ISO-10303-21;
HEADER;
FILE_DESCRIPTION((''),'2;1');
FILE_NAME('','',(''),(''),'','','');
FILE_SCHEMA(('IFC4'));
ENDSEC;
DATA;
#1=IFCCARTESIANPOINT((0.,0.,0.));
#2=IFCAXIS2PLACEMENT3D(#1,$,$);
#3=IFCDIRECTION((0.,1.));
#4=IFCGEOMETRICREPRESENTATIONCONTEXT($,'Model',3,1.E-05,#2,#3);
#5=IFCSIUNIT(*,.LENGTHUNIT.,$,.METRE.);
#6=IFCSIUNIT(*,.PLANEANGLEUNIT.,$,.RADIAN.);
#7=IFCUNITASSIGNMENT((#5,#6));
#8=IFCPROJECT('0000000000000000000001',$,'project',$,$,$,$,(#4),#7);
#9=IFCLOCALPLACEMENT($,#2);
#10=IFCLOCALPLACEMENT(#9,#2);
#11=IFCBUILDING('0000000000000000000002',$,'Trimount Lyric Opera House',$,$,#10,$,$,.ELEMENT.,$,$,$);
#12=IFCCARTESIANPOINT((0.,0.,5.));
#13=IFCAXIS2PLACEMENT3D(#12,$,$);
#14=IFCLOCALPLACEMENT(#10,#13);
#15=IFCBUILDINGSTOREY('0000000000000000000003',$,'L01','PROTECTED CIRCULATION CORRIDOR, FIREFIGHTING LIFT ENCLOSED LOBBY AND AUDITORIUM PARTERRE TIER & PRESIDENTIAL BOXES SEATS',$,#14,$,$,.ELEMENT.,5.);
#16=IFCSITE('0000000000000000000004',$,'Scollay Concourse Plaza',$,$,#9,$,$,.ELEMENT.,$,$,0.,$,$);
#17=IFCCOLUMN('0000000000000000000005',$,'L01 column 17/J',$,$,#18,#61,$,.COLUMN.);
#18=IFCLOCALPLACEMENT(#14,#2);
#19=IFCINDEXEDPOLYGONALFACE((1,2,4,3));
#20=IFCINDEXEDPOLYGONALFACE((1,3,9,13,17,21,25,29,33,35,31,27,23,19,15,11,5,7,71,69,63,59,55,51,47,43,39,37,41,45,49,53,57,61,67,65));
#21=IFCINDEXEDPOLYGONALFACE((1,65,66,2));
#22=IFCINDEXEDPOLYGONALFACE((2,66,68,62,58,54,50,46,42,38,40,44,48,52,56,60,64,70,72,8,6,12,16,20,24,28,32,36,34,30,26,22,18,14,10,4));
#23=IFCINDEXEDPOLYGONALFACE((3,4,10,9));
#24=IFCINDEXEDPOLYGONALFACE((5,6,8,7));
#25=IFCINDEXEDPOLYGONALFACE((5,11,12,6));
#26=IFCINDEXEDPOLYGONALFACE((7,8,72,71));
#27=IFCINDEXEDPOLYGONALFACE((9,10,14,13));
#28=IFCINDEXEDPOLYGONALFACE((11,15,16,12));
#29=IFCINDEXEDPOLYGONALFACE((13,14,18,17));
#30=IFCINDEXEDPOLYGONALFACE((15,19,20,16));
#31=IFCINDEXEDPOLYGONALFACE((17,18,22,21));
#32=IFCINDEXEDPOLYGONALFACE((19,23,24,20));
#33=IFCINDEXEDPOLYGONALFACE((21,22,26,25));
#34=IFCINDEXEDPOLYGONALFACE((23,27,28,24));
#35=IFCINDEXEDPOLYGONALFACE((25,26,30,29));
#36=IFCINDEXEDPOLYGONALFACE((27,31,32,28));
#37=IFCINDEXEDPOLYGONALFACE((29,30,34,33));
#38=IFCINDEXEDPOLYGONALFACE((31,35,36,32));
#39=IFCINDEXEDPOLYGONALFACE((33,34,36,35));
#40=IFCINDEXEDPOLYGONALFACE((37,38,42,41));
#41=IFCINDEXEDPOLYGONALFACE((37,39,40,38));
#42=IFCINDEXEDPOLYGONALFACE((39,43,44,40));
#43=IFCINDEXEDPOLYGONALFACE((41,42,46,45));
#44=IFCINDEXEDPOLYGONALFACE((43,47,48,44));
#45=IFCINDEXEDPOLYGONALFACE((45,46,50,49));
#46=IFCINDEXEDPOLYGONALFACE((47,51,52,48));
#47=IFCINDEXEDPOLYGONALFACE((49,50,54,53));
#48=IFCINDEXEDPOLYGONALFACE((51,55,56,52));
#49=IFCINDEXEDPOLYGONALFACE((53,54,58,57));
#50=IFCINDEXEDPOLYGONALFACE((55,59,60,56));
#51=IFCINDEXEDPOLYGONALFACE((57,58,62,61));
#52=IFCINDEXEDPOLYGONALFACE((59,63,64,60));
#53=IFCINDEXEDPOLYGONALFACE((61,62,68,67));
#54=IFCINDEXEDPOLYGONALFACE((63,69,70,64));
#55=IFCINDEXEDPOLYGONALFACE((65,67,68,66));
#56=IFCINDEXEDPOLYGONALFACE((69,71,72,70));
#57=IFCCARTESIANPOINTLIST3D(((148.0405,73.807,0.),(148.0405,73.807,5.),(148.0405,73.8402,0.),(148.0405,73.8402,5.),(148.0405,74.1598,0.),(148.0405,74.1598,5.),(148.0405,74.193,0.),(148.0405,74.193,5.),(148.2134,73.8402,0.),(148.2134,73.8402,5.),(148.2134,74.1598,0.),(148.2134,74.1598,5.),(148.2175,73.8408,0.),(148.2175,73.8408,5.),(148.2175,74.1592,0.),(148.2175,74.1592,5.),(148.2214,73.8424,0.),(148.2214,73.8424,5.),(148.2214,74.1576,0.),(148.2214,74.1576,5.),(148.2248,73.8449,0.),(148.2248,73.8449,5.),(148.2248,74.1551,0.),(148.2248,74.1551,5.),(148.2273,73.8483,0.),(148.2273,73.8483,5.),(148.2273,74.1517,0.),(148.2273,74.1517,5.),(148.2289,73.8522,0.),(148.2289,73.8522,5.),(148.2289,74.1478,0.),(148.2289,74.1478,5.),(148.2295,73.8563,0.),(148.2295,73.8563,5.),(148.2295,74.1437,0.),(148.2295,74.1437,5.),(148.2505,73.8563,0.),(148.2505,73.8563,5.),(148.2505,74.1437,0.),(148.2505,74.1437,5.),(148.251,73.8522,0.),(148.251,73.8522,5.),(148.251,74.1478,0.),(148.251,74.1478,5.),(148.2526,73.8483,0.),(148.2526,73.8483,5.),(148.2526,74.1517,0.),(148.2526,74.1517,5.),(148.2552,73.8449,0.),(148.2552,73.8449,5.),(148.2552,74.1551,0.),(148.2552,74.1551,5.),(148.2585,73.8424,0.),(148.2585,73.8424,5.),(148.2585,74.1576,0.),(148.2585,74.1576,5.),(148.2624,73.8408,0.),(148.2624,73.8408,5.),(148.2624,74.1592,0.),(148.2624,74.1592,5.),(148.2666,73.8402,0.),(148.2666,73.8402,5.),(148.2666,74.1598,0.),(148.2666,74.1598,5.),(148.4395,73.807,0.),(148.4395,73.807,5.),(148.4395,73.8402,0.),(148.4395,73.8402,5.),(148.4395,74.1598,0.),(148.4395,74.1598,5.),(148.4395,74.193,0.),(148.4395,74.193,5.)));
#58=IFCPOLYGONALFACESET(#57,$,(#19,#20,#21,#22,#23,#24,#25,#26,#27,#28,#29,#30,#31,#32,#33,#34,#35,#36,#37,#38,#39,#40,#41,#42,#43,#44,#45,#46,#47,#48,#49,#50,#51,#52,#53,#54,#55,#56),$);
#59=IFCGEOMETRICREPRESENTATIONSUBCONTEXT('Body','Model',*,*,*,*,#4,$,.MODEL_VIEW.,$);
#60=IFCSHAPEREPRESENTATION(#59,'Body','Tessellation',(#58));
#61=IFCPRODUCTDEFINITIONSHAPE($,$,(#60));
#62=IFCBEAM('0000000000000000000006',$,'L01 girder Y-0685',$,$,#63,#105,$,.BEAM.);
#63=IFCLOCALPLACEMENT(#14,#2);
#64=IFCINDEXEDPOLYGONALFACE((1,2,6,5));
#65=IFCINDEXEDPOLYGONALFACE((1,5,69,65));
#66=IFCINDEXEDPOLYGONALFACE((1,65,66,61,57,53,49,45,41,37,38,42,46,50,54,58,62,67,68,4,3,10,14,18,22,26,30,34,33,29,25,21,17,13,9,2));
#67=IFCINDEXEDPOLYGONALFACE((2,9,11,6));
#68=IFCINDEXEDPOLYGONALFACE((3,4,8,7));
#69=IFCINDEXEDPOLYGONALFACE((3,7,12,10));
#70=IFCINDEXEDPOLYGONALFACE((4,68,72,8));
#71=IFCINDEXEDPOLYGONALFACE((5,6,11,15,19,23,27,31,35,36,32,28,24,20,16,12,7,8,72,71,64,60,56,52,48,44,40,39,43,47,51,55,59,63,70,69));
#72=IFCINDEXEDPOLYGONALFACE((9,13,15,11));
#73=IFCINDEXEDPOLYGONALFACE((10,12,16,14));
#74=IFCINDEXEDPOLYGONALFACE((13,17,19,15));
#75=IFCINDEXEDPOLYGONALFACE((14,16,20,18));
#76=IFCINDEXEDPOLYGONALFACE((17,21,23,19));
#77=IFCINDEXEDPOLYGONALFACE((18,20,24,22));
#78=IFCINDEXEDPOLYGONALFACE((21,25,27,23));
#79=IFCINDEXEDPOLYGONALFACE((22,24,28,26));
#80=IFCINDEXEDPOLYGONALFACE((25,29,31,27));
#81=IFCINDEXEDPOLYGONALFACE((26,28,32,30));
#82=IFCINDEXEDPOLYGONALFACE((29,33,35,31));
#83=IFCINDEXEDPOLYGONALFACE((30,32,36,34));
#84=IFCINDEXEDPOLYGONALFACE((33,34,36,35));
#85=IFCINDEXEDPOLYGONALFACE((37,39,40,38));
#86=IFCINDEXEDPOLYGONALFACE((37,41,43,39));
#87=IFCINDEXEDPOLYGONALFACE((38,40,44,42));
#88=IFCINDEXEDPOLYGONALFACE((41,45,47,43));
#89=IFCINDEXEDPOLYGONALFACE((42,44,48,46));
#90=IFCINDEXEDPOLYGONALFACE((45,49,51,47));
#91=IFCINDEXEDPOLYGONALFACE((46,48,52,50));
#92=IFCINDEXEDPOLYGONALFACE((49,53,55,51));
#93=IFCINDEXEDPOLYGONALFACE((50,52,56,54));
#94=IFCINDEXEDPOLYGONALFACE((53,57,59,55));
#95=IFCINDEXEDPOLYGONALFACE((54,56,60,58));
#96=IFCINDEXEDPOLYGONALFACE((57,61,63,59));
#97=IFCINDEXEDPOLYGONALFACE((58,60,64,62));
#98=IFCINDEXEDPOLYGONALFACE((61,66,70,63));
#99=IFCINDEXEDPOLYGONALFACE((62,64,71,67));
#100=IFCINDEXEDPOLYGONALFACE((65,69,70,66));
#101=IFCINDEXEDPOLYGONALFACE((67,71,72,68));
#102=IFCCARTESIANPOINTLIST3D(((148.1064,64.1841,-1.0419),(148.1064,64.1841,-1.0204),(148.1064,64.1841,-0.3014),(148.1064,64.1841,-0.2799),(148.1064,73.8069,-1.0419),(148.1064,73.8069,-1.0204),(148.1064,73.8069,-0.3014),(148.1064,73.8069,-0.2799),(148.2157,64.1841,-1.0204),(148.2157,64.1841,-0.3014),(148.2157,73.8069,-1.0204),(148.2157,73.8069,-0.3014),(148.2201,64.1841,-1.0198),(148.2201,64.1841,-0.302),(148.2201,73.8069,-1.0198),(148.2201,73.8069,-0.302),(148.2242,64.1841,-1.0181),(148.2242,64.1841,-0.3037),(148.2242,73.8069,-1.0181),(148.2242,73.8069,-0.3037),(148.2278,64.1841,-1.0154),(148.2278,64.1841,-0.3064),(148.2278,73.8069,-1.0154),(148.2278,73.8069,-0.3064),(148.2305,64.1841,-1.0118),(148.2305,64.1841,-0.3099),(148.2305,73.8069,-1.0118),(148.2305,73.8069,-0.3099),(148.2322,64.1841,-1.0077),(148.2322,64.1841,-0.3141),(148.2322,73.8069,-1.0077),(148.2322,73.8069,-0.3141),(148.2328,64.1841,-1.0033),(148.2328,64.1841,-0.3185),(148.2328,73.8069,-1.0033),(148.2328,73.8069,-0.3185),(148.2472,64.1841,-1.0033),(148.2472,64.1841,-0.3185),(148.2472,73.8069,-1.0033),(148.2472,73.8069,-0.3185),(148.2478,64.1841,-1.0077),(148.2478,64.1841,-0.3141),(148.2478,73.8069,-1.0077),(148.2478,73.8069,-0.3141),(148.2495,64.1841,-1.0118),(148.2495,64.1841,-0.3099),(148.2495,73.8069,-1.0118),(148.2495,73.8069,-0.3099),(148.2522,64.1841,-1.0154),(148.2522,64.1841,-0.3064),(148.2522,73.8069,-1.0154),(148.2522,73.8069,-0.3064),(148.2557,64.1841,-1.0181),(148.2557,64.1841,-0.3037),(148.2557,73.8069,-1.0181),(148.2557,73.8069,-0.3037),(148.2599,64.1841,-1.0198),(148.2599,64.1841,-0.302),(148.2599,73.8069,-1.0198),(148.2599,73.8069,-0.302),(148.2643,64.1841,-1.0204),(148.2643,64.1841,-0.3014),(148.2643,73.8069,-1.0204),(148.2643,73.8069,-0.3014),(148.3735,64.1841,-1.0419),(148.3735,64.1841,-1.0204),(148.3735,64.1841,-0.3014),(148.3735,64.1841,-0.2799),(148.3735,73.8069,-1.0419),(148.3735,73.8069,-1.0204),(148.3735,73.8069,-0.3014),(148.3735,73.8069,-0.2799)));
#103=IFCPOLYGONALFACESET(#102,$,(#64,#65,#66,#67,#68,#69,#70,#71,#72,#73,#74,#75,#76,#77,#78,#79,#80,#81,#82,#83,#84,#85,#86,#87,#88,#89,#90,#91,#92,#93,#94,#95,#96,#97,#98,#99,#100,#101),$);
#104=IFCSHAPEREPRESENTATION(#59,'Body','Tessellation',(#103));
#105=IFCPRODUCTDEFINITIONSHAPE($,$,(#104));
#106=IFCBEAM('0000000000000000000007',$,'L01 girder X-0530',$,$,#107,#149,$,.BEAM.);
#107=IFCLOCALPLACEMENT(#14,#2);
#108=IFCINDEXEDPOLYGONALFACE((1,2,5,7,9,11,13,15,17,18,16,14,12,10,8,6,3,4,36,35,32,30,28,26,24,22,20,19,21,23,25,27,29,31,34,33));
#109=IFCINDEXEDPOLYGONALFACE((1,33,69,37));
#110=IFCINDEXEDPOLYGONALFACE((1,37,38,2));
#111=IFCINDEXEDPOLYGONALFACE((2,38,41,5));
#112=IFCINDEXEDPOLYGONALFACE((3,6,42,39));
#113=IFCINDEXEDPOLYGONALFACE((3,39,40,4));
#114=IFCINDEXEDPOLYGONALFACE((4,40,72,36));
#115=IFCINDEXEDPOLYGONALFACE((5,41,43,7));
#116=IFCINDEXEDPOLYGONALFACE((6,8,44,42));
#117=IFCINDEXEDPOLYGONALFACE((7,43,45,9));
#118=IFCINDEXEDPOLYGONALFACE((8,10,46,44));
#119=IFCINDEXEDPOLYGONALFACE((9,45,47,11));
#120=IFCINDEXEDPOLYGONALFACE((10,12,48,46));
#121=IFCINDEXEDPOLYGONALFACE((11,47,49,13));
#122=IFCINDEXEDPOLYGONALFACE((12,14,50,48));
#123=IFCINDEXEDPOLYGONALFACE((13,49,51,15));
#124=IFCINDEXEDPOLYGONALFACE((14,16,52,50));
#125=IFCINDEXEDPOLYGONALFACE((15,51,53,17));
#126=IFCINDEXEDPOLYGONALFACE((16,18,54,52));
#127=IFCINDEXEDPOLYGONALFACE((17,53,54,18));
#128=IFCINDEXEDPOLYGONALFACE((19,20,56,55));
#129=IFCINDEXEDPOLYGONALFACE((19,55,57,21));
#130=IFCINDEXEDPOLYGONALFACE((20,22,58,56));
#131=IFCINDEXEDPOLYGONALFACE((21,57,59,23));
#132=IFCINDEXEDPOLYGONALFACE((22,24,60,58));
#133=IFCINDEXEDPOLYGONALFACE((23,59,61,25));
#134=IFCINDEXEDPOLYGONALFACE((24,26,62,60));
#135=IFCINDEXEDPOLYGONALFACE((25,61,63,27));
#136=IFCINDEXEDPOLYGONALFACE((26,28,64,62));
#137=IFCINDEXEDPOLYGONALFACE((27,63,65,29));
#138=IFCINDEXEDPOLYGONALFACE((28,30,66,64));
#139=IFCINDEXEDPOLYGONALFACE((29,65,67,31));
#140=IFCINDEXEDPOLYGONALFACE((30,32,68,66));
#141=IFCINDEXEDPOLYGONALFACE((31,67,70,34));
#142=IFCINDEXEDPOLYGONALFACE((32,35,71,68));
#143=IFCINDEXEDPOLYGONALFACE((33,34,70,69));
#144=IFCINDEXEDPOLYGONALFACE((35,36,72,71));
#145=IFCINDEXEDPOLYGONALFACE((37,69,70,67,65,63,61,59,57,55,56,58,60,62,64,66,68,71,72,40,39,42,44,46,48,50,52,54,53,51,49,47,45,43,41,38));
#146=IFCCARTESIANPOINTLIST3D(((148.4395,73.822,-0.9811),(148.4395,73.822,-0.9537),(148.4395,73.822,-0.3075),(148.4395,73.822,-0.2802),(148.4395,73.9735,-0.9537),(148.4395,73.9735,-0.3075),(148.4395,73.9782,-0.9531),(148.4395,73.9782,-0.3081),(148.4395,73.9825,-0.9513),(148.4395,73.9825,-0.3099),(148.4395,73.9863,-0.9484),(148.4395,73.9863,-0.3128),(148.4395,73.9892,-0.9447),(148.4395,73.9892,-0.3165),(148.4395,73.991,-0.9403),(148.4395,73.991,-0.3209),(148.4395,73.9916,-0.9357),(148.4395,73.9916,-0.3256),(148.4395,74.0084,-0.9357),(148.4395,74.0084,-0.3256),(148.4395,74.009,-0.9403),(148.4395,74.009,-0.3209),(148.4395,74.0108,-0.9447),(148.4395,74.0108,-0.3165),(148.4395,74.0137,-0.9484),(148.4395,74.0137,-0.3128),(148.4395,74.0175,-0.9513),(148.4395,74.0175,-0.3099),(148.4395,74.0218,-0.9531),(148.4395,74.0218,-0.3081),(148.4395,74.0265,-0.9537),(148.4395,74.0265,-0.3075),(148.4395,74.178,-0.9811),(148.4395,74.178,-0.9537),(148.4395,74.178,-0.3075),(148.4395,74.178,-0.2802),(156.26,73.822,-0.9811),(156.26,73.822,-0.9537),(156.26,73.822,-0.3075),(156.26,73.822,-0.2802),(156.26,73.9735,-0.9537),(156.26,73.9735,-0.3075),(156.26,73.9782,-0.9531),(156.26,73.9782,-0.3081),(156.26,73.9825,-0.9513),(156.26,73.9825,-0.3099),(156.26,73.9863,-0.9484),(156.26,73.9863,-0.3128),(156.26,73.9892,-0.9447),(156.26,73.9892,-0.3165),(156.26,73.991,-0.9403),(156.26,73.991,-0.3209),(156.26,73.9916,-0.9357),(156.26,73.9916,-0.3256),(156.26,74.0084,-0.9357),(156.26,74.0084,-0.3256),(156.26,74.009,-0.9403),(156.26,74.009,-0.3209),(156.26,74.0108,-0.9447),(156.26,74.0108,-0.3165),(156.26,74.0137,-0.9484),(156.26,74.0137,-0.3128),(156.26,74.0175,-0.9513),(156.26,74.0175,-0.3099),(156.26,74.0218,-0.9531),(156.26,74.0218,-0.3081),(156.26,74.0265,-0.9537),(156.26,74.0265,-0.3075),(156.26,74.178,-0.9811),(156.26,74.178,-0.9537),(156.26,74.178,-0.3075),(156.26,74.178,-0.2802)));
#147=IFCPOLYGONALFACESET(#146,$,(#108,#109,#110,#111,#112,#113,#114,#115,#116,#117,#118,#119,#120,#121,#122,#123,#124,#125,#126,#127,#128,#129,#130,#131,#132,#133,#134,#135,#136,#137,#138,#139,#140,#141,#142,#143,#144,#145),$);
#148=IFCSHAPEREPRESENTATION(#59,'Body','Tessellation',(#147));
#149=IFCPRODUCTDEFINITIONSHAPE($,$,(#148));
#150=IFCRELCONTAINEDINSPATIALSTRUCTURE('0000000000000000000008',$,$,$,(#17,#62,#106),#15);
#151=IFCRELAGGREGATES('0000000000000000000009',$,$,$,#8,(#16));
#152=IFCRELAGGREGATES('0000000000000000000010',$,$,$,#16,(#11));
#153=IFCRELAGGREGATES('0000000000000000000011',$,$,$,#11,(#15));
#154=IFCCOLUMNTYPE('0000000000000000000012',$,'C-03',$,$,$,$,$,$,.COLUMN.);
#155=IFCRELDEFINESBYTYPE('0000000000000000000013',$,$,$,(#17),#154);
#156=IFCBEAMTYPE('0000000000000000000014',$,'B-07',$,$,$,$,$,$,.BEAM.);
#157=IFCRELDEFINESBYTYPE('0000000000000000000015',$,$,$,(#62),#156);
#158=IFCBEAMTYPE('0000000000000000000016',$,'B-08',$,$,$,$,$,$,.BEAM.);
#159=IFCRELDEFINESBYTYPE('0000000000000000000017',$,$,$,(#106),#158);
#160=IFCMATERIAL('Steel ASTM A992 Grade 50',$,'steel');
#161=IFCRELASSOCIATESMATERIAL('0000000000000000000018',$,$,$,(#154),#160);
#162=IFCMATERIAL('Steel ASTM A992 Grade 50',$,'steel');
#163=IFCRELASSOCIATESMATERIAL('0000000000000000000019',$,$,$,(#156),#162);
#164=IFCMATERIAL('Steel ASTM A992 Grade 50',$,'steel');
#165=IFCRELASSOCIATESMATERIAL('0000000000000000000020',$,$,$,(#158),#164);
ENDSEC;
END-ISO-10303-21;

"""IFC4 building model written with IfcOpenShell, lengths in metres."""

from ifc_helpers import new_model, si_unit, direction, frame, origin, origin_2d, place, context, subcontext, project, spatial, i_section, extrude, material, material_profile, profile_set, type_object, element, save


model = new_model("IFC4")

# Units and contexts
model_context = context("Model", 3, precision=1e-05, world=origin(), true_north=direction((0.0, 1.0)))
body_context = subcontext(model_context, "Body", "Model", "MODEL_VIEW")
ifc_project = project(units=[si_unit("LENGTHUNIT", "METRE"), si_unit("PLANEANGLEUNIT", "RADIAN")], contexts=[model_context])

# Site, building, storey
site_placement = place(None, origin())
site = spatial("IfcSite", under=ifc_project, at=site_placement, Name="Scollay Concourse Plaza", CompositionType="ELEMENT", RefElevation=0.0)
building_placement = place(site_placement, origin())
building = spatial("IfcBuilding", under=site, at=building_placement, Name="Trimount Lyric Opera House", CompositionType="ELEMENT")
storey_placement = place(building_placement, frame((0.0, 0.0, 5.0)))
storey = spatial("IfcBuildingStorey", under=building, at=storey_placement, Name="L01", Description="PROTECTED CIRCULATION CORRIDOR, FIREFIGHTING LIFT ENCLOSED LOBBY AND AUDITORIUM PARTERRE TIER & PRESIDENTIAL BOXES SEATS", CompositionType="ELEMENT", Elevation=5.0)

# Column
ifc_material_1 = material(Name="Steel ASTM A992 Grade 50", Category="steel")
ifc_material_profile_1 = material_profile(ifc_material_1, i_section(OverallWidth=0.3989, OverallDepth=0.386, WebThickness=0.021, FlangeThickness=0.0332, FilletRadius=0.0161, at=origin_2d()), Name="W14X176")
ifc_profile_set_1 = profile_set([ifc_material_profile_1], Name="Steel ASTM A992 Grade 50")
column_type = type_object("IfcColumnType", Name="C-03", PredefinedType="COLUMN", material=ifc_profile_set_1)
column_placement = place(storey_placement, frame((148.24, 74.0, 0.0), z_axis=(0.0, 0.0, 1.0), x_axis=(1.0, 0.0, 0.0)))
element("IfcColumn", 1, at=column_placement, inside=storey, type_object=column_type, Name="L01 column 17/J", PredefinedType="COLUMN", context=body_context, shape_type="SweptSolid", body=[
    extrude(i_section(OverallWidth=0.3989, OverallDepth=0.386, WebThickness=0.021, FlangeThickness=0.0332, FilletRadius=0.0161, at=origin_2d()), origin(), (0.0, 0.0, 1.0), 5.0),
])

# Beams
ifc_material_2 = material(Name="Steel ASTM A992 Grade 50", Category="steel")
ifc_material_profile_2 = material_profile(ifc_material_2, i_section(OverallWidth=0.2671, OverallDepth=0.762, WebThickness=0.0144, FlangeThickness=0.0215, FilletRadius=0.0171, at=origin_2d()), Name="W30X116")
ifc_profile_set_2 = profile_set([ifc_material_profile_2], Name="Steel ASTM A992 Grade 50")
beam_type_1 = type_object("IfcBeamType", Name="B-07", PredefinedType="BEAM", material=ifc_profile_set_2)
beam_1_placement = place(storey_placement, frame((148.24, 64.1841, -0.6609), z_axis=(0.0, 1.0, 0.0), x_axis=(-1.0, 0.0, 0.0)))
element("IfcBeam", 2, at=beam_1_placement, inside=storey, type_object=beam_type_1, Name="L01 girder Y-0685", PredefinedType="BEAM", context=body_context, shape_type="SweptSolid", body=[
    extrude(i_section(OverallWidth=0.2671, OverallDepth=0.762, WebThickness=0.0144, FlangeThickness=0.0215, FilletRadius=0.0171, at=origin_2d()), origin(), (0.0, 0.0, 1.0), 9.6228),
])
ifc_material_3 = material(Name="Steel ASTM A992 Grade 50", Category="steel")
ifc_material_profile_3 = material_profile(ifc_material_3, i_section(OverallWidth=0.356, OverallDepth=0.7009, WebThickness=0.0168, FlangeThickness=0.0273, FilletRadius=0.0181, at=origin_2d()), Name="W27X161")
ifc_profile_set_3 = profile_set([ifc_material_profile_3], Name="Steel ASTM A992 Grade 50")
beam_type_2 = type_object("IfcBeamType", Name="B-08", PredefinedType="BEAM", material=ifc_profile_set_3)
beam_2_placement = place(storey_placement, frame((148.4395, 74.0, -0.6306), z_axis=(1.0, 0.0, 0.0), x_axis=(0.0, 1.0, 0.0)))
element("IfcBeam", 3, at=beam_2_placement, inside=storey, type_object=beam_type_2, Name="L01 girder X-0530", PredefinedType="BEAM", context=body_context, shape_type="SweptSolid", body=[
    extrude(i_section(OverallWidth=0.356, OverallDepth=0.7009, WebThickness=0.0168, FlangeThickness=0.0273, FilletRadius=0.0181, at=origin_2d()), origin(), (0.0, 0.0, 1.0), 7.8206),
])

save(model, "model.ifc")
